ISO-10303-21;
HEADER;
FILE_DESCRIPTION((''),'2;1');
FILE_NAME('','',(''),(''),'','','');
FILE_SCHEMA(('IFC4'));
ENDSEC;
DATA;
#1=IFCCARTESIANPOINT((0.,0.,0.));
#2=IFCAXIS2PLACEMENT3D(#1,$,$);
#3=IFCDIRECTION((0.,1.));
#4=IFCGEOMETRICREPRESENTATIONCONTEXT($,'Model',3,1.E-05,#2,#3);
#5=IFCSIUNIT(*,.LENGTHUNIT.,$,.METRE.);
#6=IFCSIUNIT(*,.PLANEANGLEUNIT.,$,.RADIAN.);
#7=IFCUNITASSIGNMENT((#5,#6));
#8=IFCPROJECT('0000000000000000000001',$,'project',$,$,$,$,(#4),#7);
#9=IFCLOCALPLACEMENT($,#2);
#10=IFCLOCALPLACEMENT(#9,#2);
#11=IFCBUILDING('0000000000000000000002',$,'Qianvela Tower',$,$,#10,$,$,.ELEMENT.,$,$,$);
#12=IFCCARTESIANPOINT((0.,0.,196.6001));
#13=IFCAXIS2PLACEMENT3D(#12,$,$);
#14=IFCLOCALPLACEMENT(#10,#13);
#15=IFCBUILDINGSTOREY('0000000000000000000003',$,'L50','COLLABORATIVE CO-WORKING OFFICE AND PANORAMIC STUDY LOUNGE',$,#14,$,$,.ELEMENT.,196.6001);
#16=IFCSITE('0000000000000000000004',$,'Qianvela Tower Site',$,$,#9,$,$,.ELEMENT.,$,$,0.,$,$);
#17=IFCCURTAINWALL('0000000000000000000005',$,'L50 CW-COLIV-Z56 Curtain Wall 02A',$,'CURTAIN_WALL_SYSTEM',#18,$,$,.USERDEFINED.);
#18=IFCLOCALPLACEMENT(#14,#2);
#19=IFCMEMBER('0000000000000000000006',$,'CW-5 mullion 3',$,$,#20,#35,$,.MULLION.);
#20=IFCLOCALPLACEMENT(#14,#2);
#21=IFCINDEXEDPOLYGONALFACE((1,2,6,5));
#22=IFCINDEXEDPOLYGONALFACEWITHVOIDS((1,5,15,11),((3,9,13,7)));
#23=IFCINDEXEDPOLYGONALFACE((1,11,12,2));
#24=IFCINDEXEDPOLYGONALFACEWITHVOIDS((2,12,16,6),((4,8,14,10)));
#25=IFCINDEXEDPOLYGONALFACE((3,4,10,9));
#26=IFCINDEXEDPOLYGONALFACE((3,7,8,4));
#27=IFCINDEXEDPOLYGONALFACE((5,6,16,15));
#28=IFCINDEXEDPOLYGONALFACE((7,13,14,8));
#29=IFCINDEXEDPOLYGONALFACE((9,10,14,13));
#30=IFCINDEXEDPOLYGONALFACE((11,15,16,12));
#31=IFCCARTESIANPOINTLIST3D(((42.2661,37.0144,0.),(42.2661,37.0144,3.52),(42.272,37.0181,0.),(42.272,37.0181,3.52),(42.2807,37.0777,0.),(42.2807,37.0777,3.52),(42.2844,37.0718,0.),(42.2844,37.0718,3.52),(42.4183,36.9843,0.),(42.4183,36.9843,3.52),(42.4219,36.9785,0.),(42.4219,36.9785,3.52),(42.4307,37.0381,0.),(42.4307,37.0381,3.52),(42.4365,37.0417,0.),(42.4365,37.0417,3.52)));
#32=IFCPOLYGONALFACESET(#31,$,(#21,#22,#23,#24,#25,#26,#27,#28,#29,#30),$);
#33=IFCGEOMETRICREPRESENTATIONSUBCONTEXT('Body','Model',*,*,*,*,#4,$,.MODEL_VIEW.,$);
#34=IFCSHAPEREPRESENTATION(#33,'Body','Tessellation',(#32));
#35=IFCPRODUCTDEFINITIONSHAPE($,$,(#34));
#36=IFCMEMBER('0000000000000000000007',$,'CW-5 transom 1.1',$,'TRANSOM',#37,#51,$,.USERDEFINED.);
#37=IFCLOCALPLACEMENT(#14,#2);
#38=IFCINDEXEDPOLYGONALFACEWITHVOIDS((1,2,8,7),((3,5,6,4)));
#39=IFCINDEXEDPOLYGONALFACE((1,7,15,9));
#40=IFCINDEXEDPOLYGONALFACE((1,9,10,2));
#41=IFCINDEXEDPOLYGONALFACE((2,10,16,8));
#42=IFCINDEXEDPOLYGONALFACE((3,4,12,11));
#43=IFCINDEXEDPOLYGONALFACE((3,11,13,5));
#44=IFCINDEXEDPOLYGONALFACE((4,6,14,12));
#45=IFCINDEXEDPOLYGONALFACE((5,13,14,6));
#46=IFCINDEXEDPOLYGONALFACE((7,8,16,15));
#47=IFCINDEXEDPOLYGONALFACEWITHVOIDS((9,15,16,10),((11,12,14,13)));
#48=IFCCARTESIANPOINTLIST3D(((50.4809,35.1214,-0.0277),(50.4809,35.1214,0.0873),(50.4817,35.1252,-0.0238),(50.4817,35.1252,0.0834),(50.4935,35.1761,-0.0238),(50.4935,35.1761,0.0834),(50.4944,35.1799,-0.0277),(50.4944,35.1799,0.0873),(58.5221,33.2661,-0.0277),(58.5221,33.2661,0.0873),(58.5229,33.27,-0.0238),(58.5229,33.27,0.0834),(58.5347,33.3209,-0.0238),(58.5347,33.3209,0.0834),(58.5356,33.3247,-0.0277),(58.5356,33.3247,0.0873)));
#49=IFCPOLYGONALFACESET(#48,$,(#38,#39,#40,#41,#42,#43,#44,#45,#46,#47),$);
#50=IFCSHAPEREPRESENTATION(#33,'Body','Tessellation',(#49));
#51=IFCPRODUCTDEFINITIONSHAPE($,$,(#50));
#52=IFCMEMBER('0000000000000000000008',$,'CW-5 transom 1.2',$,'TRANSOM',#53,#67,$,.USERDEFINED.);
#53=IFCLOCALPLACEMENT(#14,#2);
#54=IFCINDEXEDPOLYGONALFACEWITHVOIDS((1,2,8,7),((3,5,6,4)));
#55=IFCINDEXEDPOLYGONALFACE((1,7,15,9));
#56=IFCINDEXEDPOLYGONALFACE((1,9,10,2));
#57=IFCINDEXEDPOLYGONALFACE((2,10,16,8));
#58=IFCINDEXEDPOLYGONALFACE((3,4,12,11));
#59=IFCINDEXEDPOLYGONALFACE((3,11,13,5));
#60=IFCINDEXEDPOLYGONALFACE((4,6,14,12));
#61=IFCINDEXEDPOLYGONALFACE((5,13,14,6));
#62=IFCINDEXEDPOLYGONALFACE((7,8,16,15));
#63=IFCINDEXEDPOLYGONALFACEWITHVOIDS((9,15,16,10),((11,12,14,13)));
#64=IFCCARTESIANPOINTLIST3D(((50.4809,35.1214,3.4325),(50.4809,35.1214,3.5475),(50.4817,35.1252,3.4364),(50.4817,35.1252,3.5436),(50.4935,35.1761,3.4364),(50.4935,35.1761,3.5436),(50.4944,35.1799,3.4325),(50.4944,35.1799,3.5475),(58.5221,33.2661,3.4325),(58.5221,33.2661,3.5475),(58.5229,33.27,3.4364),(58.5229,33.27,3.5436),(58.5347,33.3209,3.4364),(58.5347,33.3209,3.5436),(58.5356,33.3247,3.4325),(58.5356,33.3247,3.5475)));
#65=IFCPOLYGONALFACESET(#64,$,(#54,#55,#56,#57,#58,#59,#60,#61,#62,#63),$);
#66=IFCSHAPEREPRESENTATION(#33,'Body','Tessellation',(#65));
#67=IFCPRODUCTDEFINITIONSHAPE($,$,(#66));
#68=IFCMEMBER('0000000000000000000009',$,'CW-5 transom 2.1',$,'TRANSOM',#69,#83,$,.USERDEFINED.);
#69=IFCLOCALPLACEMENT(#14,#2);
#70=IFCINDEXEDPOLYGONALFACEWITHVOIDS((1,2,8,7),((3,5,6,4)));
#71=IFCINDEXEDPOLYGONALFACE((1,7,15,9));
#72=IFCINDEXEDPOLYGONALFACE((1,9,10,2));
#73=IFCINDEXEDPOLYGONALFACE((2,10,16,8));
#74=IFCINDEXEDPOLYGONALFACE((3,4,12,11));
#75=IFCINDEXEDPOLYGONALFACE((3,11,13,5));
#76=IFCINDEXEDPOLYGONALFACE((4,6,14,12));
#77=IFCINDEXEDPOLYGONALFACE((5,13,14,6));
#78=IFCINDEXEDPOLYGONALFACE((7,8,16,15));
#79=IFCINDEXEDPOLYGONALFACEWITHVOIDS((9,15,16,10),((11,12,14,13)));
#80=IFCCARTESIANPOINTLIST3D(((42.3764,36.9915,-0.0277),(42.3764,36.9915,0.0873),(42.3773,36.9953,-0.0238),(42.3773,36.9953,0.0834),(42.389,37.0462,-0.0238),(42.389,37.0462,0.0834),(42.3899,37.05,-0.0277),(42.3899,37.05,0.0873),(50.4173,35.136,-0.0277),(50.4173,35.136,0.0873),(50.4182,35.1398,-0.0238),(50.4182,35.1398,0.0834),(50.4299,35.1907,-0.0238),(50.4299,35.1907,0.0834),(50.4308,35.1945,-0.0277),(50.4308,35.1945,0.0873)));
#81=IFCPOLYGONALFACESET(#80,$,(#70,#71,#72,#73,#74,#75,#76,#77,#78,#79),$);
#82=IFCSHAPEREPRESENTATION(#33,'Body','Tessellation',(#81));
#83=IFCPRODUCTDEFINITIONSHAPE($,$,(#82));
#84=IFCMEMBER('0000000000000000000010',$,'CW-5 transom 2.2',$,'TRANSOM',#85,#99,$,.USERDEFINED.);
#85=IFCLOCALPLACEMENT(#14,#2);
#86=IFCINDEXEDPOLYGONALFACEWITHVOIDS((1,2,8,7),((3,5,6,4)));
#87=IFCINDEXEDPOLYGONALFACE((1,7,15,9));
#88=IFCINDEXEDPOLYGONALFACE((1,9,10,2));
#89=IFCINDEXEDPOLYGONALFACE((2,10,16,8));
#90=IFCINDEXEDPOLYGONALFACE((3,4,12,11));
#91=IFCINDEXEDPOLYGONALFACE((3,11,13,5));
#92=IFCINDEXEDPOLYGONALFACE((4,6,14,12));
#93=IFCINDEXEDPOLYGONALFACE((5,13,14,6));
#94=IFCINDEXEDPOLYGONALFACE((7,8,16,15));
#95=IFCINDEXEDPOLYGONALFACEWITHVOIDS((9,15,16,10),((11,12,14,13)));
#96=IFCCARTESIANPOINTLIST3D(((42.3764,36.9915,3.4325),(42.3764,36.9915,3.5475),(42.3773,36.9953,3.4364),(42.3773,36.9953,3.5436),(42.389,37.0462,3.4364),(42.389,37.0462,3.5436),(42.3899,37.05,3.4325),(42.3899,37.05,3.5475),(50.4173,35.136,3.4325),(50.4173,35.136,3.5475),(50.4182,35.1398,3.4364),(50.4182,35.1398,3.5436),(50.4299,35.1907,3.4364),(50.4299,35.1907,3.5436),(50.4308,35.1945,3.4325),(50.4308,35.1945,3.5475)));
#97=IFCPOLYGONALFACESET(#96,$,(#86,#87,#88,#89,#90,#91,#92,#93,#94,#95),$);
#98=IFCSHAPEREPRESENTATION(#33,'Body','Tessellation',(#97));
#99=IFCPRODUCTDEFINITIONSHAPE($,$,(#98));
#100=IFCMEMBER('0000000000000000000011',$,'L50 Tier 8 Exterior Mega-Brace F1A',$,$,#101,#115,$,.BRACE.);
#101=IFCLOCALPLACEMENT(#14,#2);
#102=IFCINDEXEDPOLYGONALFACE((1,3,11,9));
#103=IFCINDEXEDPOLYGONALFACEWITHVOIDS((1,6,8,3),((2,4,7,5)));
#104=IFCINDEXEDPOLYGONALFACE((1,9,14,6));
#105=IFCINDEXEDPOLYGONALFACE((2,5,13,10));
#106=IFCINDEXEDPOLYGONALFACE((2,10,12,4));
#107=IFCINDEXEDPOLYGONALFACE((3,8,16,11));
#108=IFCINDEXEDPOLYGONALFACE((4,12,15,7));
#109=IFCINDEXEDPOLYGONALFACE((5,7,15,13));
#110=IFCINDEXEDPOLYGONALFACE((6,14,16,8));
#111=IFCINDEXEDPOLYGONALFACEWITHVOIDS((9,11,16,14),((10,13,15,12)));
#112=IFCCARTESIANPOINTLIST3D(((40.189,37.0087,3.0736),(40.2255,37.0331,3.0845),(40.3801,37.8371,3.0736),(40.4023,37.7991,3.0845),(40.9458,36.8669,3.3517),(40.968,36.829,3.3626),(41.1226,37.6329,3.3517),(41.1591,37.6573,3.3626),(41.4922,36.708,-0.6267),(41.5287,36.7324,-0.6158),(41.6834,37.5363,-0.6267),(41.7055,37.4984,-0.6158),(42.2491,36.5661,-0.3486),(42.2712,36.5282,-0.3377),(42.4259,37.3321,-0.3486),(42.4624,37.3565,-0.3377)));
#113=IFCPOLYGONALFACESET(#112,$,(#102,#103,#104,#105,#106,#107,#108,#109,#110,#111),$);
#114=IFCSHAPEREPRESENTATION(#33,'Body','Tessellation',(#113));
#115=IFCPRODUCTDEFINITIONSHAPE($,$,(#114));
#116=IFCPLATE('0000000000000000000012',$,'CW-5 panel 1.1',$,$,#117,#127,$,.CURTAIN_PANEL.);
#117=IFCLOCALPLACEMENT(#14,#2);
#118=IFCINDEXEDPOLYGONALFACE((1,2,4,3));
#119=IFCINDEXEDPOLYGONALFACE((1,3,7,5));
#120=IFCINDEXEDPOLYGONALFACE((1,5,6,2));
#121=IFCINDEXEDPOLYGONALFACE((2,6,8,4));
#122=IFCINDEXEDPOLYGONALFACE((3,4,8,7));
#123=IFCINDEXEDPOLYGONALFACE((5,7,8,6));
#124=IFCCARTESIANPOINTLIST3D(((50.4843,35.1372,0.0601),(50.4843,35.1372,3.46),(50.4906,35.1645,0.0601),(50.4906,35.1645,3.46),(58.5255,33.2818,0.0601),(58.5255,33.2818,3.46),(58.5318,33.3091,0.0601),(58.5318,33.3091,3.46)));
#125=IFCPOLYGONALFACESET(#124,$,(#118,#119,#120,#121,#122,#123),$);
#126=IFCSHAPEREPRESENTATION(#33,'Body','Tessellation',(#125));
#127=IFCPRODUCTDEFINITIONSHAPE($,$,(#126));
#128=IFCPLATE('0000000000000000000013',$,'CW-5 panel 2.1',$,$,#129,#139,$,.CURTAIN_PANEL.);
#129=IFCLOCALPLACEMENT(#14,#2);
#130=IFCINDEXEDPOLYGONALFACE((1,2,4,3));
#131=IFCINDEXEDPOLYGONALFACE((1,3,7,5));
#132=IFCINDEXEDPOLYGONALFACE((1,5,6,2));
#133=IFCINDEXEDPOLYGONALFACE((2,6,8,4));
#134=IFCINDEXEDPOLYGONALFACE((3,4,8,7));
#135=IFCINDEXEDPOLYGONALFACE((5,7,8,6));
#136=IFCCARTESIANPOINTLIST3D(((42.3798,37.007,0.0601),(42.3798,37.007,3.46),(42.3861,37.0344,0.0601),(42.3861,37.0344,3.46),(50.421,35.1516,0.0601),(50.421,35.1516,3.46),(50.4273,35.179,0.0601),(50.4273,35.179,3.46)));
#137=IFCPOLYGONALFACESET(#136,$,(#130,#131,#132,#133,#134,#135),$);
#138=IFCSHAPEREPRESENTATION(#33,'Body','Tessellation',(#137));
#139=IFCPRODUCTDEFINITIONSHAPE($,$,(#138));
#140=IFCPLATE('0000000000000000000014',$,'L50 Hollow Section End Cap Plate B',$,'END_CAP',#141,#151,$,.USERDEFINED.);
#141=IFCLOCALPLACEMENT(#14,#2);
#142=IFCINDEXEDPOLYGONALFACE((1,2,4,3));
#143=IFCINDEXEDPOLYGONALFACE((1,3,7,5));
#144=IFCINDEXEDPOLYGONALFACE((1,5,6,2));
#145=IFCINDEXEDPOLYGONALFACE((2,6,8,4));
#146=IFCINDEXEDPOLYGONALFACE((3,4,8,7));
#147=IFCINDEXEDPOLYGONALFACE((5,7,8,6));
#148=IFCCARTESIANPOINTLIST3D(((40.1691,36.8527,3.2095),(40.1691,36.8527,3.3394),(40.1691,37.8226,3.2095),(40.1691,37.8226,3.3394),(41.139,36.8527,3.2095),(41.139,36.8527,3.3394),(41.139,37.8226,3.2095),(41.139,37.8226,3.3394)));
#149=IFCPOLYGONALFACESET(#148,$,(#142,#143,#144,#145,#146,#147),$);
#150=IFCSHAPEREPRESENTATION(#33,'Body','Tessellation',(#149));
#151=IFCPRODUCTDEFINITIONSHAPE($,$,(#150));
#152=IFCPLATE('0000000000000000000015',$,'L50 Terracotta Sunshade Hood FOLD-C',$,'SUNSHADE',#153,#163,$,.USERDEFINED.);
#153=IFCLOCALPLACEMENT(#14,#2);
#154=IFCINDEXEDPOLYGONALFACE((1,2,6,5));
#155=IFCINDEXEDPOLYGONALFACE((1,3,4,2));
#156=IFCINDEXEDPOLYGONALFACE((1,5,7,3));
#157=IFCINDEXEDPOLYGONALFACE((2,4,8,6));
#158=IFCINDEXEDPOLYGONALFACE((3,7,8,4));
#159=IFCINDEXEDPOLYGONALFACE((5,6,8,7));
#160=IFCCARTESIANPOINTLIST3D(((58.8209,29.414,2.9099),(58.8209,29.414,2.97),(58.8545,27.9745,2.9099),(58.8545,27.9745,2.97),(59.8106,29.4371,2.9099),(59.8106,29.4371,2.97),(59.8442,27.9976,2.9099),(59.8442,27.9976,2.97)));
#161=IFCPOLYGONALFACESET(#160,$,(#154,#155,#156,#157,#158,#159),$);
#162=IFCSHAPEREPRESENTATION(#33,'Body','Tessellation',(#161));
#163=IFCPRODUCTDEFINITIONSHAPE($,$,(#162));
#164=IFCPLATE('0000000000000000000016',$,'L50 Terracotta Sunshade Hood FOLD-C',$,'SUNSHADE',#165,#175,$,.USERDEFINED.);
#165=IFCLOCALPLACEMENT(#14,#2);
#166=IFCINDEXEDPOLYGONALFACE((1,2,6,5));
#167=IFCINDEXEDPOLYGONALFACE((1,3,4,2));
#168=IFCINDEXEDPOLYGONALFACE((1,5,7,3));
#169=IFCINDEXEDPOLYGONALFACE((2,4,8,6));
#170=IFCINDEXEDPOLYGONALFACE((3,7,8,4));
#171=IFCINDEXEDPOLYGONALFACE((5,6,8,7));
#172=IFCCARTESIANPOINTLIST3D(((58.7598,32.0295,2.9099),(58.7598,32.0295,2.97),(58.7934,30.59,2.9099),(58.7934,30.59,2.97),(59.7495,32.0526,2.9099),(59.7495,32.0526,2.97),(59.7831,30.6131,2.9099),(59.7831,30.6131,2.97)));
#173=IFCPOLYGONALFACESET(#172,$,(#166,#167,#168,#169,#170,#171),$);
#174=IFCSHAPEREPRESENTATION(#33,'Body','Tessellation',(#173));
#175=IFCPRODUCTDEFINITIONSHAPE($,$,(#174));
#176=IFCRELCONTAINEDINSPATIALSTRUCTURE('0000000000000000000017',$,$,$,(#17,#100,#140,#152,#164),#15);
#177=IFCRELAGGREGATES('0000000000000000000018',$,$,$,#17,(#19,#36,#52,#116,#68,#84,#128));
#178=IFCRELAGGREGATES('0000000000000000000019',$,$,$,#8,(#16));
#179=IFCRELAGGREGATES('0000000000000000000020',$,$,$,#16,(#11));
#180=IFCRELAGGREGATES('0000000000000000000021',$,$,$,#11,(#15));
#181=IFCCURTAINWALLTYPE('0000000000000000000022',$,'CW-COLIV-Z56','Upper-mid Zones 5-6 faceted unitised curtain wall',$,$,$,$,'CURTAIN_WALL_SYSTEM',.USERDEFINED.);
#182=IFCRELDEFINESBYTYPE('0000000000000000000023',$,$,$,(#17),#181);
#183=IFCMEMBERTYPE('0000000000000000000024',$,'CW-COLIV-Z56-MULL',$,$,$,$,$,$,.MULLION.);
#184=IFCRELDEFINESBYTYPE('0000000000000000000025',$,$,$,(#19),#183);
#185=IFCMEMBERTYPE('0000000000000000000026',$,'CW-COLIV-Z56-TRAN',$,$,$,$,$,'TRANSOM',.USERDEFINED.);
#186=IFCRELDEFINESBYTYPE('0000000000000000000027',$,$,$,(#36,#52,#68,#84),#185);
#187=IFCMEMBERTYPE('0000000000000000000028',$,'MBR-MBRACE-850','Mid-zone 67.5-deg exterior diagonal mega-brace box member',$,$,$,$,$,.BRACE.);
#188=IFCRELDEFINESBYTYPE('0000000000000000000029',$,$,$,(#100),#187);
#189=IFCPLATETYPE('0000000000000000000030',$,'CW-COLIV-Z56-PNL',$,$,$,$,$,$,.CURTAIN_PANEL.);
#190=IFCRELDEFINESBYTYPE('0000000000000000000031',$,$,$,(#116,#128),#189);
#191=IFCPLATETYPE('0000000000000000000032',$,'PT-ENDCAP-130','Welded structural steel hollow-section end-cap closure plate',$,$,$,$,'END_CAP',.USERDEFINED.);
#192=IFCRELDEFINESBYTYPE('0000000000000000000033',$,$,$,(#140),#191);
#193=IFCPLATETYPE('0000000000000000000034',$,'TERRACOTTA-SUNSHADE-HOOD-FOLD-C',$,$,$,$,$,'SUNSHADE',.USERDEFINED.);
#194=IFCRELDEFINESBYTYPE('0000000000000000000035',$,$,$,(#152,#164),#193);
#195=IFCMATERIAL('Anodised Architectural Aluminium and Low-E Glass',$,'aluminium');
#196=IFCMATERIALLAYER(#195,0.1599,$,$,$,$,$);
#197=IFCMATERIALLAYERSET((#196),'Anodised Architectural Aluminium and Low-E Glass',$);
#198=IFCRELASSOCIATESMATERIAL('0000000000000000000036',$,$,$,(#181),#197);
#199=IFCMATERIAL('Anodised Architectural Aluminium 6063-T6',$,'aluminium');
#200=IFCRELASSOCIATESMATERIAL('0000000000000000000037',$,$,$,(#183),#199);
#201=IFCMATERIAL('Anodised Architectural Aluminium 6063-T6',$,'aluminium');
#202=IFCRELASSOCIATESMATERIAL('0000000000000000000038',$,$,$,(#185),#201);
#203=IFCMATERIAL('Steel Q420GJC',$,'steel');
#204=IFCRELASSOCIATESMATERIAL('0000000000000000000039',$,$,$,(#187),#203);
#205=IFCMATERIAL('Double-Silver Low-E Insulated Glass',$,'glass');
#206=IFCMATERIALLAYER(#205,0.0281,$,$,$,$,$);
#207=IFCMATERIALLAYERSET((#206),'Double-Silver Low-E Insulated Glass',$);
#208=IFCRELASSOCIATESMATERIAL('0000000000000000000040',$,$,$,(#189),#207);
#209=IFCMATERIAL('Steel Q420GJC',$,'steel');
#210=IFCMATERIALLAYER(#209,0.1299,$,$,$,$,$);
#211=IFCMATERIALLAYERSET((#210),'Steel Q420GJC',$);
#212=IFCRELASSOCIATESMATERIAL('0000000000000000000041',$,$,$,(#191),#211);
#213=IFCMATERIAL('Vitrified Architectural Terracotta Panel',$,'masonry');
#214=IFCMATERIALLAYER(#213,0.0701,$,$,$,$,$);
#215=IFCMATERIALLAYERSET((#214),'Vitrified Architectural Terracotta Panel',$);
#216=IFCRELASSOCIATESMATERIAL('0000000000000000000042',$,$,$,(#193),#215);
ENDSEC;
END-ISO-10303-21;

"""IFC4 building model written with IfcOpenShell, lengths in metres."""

from ifc_helpers import new_model, si_unit, direction, frame, origin, origin_2d, place, context, subcontext, project, spatial, rectangle, hollow_rectangle, extrude, material, layer, layer_set, material_profile, profile_set, type_object, element, aggregate, save


model = new_model("IFC4")

# Units and contexts
model_context = context("Model", 3, precision=1e-05, world=origin(), true_north=direction((0.0, 1.0)))
body_context = subcontext(model_context, "Body", "Model", "MODEL_VIEW")
ifc_project = project(units=[si_unit("LENGTHUNIT", "METRE"), si_unit("PLANEANGLEUNIT", "RADIAN")], contexts=[model_context])

# Site, building, storey
site_placement = place(None, origin())
site = spatial("IfcSite", under=ifc_project, at=site_placement, Name="Qianvela Tower Site", CompositionType="ELEMENT", RefElevation=0.0)
building_placement = place(site_placement, origin())
building = spatial("IfcBuilding", under=site, at=building_placement, Name="Qianvela Tower", CompositionType="ELEMENT")
storey_placement = place(building_placement, frame((0.0, 0.0, 196.6001)))
storey = spatial("IfcBuildingStorey", under=building, at=storey_placement, Name="L50", Description="COLLABORATIVE CO-WORKING OFFICE AND PANORAMIC STUDY LOUNGE", CompositionType="ELEMENT", Elevation=196.6001)

# Curtain wall, members
ifc_material_1 = material(Name="Anodised Architectural Aluminium and Low-E Glass", Category="aluminium")
ifc_layer_1 = layer(ifc_material_1, 0.1599)
ifc_layer_set_1 = layer_set([ifc_layer_1], Name="Anodised Architectural Aluminium and Low-E Glass")
curtain_wall_type_1 = type_object("IfcCurtainWallType", Name="CW-COLIV-Z56", Description="Upper-mid Zones 5-6 faceted unitised curtain wall", ElementType="CURTAIN_WALL_SYSTEM", PredefinedType="USERDEFINED", material=ifc_layer_set_1)
curtain_wall_1_placement = place(storey_placement, origin())
curtain_wall_1 = element("IfcCurtainWall", 1, at=curtain_wall_1_placement, inside=storey, type_object=curtain_wall_type_1, Name="L50 CW-COLIV-Z56 Curtain Wall 02A", ObjectType="CURTAIN_WALL_SYSTEM", PredefinedType="USERDEFINED")
ifc_material_2 = material(Name="Anodised Architectural Aluminium 6063-T6", Category="aluminium")
ifc_material_profile_1 = material_profile(ifc_material_2, hollow_rectangle(XDim=0.0649, YDim=0.1599, WallThickness=0.0049, at=origin_2d()), Name="ALU-MULL-65x160")
ifc_profile_set_1 = profile_set([ifc_material_profile_1], Name="Anodised Architectural Aluminium 6063-T6")
member_type_1 = type_object("IfcMemberType", Name="CW-COLIV-Z56-MULL", PredefinedType="MULLION", material=ifc_profile_set_1)
member_1_placement = place(storey_placement, frame((42.3513, 37.0281, 0.0), z_axis=(0.0, 0.0, 1.0), x_axis=(-0.224832, -0.974398, 0.0)))
member_1 = element("IfcMember", 2, at=member_1_placement, type_object=member_type_1, Name="CW-5 mullion 3", PredefinedType="MULLION", context=body_context, shape_type="SweptSolid", body=[
    extrude(hollow_rectangle(XDim=0.0649, YDim=0.1599, WallThickness=0.0049, at=origin_2d()), origin(), (0.0, 0.0, 1.0), 3.52),
])
ifc_material_3 = material(Name="Anodised Architectural Aluminium 6063-T6", Category="aluminium")
ifc_material_profile_2 = material_profile(ifc_material_3, hollow_rectangle(XDim=0.0601, YDim=0.115, WallThickness=0.0039, at=origin_2d()), Name="ALU-TRAN-60x115")
ifc_profile_set_2 = profile_set([ifc_material_profile_2], Name="Anodised Architectural Aluminium 6063-T6")
member_type_2 = type_object("IfcMemberType", Name="CW-COLIV-Z56-TRAN", ElementType="TRANSOM", PredefinedType="USERDEFINED", material=ifc_profile_set_2)
member_2_placement = place(storey_placement, frame((58.5288, 33.2954, 0.0298), z_axis=(-0.974403, 0.224808, 0.0), x_axis=(-0.224808, -0.974403, 0.0)))
member_2 = element("IfcMember", 3, at=member_2_placement, type_object=member_type_2, Name="CW-5 transom 1.1", ObjectType="TRANSOM", PredefinedType="USERDEFINED", context=body_context, shape_type="SweptSolid", body=[
    extrude(hollow_rectangle(XDim=0.0601, YDim=0.115, WallThickness=0.0039, at=origin_2d()), origin(), (0.0, 0.0, 1.0), 8.2524),
])
member_3_placement = place(storey_placement, frame((58.5288, 33.2954, 3.49), z_axis=(-0.974403, 0.224808, 0.0), x_axis=(-0.224808, -0.974403, 0.0)))
member_3 = element("IfcMember", 4, at=member_3_placement, type_object=member_type_2, Name="CW-5 transom 1.2", ObjectType="TRANSOM", PredefinedType="USERDEFINED", context=body_context, shape_type="SweptSolid", body=[
    extrude(hollow_rectangle(XDim=0.0601, YDim=0.115, WallThickness=0.0039, at=origin_2d()), origin(), (0.0, 0.0, 1.0), 8.2524),
])
member_4_placement = place(storey_placement, frame((50.4241, 35.1653, 0.0298), z_axis=(-0.974395, 0.224842, 0.0), x_axis=(-0.224842, -0.974395, 0.0)))
member_4 = element("IfcMember", 5, at=member_4_placement, type_object=member_type_2, Name="CW-5 transom 2.1", ObjectType="TRANSOM", PredefinedType="USERDEFINED", context=body_context, shape_type="SweptSolid", body=[
    extrude(hollow_rectangle(XDim=0.0601, YDim=0.115, WallThickness=0.0039, at=origin_2d()), origin(), (0.0, 0.0, 1.0), 8.2522),
])
member_5_placement = place(storey_placement, frame((50.4241, 35.1653, 3.49), z_axis=(-0.974395, 0.224842, 0.0), x_axis=(-0.224842, -0.974395, 0.0)))
member_5 = element("IfcMember", 6, at=member_5_placement, type_object=member_type_2, Name="CW-5 transom 2.2", ObjectType="TRANSOM", PredefinedType="USERDEFINED", context=body_context, shape_type="SweptSolid", body=[
    extrude(hollow_rectangle(XDim=0.0601, YDim=0.115, WallThickness=0.0039, at=origin_2d()), origin(), (0.0, 0.0, 1.0), 8.2522),
])

# Member
ifc_material_4 = material(Name="Steel Q420GJC", Category="steel")
ifc_material_profile_3 = material_profile(ifc_material_4, hollow_rectangle(XDim=0.8501, YDim=0.8501, WallThickness=0.032, at=origin_2d()), Name="MBOX-850x850x32")
ifc_profile_set_3 = profile_set([ifc_material_profile_3], Name="Steel Q420GJC")
member_type_3 = type_object("IfcMemberType", Name="MBR-MBRACE-850", Description="Mid-zone 67.5-deg exterior diagonal mega-brace box member", PredefinedType="BRACE", material=ifc_profile_set_3)
member_6_placement = place(storey_placement, frame((41.9773, 37.0322, -0.4822), z_axis=(-0.331229, 0.076447, 0.940448), x_axis=(-0.224886, -0.974385, 0.0)))
element("IfcMember", 7, at=member_6_placement, inside=storey, type_object=member_type_3, Name="L50 Tier 8 Exterior Mega-Brace F1A", PredefinedType="BRACE", context=body_context, shape_type="SweptSolid", body=[
    extrude(hollow_rectangle(XDim=0.8501, YDim=0.8501, WallThickness=0.032, at=origin_2d()), origin(), (0.0, 0.0, 1.0), 3.9346),
])

# Plates
ifc_material_5 = material(Name="Double-Silver Low-E Insulated Glass", Category="glass")
ifc_layer_2 = layer(ifc_material_5, 0.0281)
ifc_layer_set_2 = layer_set([ifc_layer_2], Name="Double-Silver Low-E Insulated Glass")
plate_type_1 = type_object("IfcPlateType", Name="CW-COLIV-Z56-PNL", PredefinedType="CURTAIN_PANEL", material=ifc_layer_set_2)
plate_1_placement = place(storey_placement, frame((54.5081, 34.2231, 0.0601), z_axis=(0.0, 0.0, 1.0), x_axis=(-0.974398, 0.224832, 0.0)))
plate_1 = element("IfcPlate", 8, at=plate_1_placement, type_object=plate_type_1, Name="CW-5 panel 1.1", PredefinedType="CURTAIN_PANEL", context=body_context, shape_type="SweptSolid", body=[
    extrude(rectangle(XDim=8.2524, YDim=0.0281, at=origin_2d()), origin(), (0.0, 0.0, 1.0), 3.3999),
])
plate_2_placement = place(storey_placement, frame((46.4036, 36.093, 0.0601), z_axis=(0.0, 0.0, 1.0), x_axis=(-0.974398, 0.224832, 0.0)))
plate_2 = element("IfcPlate", 9, at=plate_2_placement, type_object=plate_type_1, Name="CW-5 panel 2.1", PredefinedType="CURTAIN_PANEL", context=body_context, shape_type="SweptSolid", body=[
    extrude(rectangle(XDim=8.2524, YDim=0.0281, at=origin_2d()), origin(), (0.0, 0.0, 1.0), 3.3999),
])
aggregate(curtain_wall_1, [member_1, member_2, member_3, plate_1, member_4, member_5, plate_2])

# Plates
ifc_material_6 = material(Name="Steel Q420GJC", Category="steel")
ifc_layer_3 = layer(ifc_material_6, 0.1299)
ifc_layer_set_3 = layer_set([ifc_layer_3], Name="Steel Q420GJC")
plate_type_2 = type_object("IfcPlateType", Name="PT-ENDCAP-130", Description="Welded structural steel hollow-section end-cap closure plate", ElementType="END_CAP", PredefinedType="USERDEFINED", material=ifc_layer_set_3)
plate_3_placement = place(storey_placement, frame((40.6541, 37.3376, 3.2095), z_axis=(0.0, 0.0, 1.0), x_axis=(1.0, 0.0, 0.0)))
element("IfcPlate", 10, at=plate_3_placement, inside=storey, type_object=plate_type_2, Name="L50 Hollow Section End Cap Plate B", ObjectType="END_CAP", PredefinedType="USERDEFINED", context=body_context, shape_type="SweptSolid", body=[
    extrude(rectangle(XDim=0.97, YDim=0.97, at=origin_2d()), origin(), (0.0, 0.0, 1.0), 0.1299),
])
ifc_material_7 = material(Name="Vitrified Architectural Terracotta Panel", Category="masonry")
ifc_layer_4 = layer(ifc_material_7, 0.0701)
ifc_layer_set_4 = layer_set([ifc_layer_4], Name="Vitrified Architectural Terracotta Panel")
plate_type_3 = type_object("IfcPlateType", Name="TERRACOTTA-SUNSHADE-HOOD-FOLD-C", ElementType="SUNSHADE", PredefinedType="USERDEFINED", material=ifc_layer_set_4)
for number, where, z_axis, x_axis, name in (
    (11, (59.3325, 28.7058, 2.9099), (0.0, 0.0, 1.0), (-0.023329, 0.999728, 0.0), "L50 Terracotta Sunshade Hood FOLD-C"),
    (12, (59.2715, 31.3213, 2.9099), (0.0, 0.0, 1.0), (-0.023329, 0.999728, 0.0), "L50 Terracotta Sunshade Hood FOLD-C"),
):
    element("IfcPlate", number, at=place(storey_placement, frame(where, z_axis=z_axis, x_axis=x_axis)), inside=storey, type_object=plate_type_3, Name=name, ObjectType="SUNSHADE", PredefinedType="USERDEFINED", context=body_context, shape_type="SweptSolid", body=[
        extrude(rectangle(XDim=1.4399, YDim=0.99, at=origin_2d()), origin(), (0.0, 0.0, 1.0), 0.0601),
    ])

save(model, "model.ifc")
